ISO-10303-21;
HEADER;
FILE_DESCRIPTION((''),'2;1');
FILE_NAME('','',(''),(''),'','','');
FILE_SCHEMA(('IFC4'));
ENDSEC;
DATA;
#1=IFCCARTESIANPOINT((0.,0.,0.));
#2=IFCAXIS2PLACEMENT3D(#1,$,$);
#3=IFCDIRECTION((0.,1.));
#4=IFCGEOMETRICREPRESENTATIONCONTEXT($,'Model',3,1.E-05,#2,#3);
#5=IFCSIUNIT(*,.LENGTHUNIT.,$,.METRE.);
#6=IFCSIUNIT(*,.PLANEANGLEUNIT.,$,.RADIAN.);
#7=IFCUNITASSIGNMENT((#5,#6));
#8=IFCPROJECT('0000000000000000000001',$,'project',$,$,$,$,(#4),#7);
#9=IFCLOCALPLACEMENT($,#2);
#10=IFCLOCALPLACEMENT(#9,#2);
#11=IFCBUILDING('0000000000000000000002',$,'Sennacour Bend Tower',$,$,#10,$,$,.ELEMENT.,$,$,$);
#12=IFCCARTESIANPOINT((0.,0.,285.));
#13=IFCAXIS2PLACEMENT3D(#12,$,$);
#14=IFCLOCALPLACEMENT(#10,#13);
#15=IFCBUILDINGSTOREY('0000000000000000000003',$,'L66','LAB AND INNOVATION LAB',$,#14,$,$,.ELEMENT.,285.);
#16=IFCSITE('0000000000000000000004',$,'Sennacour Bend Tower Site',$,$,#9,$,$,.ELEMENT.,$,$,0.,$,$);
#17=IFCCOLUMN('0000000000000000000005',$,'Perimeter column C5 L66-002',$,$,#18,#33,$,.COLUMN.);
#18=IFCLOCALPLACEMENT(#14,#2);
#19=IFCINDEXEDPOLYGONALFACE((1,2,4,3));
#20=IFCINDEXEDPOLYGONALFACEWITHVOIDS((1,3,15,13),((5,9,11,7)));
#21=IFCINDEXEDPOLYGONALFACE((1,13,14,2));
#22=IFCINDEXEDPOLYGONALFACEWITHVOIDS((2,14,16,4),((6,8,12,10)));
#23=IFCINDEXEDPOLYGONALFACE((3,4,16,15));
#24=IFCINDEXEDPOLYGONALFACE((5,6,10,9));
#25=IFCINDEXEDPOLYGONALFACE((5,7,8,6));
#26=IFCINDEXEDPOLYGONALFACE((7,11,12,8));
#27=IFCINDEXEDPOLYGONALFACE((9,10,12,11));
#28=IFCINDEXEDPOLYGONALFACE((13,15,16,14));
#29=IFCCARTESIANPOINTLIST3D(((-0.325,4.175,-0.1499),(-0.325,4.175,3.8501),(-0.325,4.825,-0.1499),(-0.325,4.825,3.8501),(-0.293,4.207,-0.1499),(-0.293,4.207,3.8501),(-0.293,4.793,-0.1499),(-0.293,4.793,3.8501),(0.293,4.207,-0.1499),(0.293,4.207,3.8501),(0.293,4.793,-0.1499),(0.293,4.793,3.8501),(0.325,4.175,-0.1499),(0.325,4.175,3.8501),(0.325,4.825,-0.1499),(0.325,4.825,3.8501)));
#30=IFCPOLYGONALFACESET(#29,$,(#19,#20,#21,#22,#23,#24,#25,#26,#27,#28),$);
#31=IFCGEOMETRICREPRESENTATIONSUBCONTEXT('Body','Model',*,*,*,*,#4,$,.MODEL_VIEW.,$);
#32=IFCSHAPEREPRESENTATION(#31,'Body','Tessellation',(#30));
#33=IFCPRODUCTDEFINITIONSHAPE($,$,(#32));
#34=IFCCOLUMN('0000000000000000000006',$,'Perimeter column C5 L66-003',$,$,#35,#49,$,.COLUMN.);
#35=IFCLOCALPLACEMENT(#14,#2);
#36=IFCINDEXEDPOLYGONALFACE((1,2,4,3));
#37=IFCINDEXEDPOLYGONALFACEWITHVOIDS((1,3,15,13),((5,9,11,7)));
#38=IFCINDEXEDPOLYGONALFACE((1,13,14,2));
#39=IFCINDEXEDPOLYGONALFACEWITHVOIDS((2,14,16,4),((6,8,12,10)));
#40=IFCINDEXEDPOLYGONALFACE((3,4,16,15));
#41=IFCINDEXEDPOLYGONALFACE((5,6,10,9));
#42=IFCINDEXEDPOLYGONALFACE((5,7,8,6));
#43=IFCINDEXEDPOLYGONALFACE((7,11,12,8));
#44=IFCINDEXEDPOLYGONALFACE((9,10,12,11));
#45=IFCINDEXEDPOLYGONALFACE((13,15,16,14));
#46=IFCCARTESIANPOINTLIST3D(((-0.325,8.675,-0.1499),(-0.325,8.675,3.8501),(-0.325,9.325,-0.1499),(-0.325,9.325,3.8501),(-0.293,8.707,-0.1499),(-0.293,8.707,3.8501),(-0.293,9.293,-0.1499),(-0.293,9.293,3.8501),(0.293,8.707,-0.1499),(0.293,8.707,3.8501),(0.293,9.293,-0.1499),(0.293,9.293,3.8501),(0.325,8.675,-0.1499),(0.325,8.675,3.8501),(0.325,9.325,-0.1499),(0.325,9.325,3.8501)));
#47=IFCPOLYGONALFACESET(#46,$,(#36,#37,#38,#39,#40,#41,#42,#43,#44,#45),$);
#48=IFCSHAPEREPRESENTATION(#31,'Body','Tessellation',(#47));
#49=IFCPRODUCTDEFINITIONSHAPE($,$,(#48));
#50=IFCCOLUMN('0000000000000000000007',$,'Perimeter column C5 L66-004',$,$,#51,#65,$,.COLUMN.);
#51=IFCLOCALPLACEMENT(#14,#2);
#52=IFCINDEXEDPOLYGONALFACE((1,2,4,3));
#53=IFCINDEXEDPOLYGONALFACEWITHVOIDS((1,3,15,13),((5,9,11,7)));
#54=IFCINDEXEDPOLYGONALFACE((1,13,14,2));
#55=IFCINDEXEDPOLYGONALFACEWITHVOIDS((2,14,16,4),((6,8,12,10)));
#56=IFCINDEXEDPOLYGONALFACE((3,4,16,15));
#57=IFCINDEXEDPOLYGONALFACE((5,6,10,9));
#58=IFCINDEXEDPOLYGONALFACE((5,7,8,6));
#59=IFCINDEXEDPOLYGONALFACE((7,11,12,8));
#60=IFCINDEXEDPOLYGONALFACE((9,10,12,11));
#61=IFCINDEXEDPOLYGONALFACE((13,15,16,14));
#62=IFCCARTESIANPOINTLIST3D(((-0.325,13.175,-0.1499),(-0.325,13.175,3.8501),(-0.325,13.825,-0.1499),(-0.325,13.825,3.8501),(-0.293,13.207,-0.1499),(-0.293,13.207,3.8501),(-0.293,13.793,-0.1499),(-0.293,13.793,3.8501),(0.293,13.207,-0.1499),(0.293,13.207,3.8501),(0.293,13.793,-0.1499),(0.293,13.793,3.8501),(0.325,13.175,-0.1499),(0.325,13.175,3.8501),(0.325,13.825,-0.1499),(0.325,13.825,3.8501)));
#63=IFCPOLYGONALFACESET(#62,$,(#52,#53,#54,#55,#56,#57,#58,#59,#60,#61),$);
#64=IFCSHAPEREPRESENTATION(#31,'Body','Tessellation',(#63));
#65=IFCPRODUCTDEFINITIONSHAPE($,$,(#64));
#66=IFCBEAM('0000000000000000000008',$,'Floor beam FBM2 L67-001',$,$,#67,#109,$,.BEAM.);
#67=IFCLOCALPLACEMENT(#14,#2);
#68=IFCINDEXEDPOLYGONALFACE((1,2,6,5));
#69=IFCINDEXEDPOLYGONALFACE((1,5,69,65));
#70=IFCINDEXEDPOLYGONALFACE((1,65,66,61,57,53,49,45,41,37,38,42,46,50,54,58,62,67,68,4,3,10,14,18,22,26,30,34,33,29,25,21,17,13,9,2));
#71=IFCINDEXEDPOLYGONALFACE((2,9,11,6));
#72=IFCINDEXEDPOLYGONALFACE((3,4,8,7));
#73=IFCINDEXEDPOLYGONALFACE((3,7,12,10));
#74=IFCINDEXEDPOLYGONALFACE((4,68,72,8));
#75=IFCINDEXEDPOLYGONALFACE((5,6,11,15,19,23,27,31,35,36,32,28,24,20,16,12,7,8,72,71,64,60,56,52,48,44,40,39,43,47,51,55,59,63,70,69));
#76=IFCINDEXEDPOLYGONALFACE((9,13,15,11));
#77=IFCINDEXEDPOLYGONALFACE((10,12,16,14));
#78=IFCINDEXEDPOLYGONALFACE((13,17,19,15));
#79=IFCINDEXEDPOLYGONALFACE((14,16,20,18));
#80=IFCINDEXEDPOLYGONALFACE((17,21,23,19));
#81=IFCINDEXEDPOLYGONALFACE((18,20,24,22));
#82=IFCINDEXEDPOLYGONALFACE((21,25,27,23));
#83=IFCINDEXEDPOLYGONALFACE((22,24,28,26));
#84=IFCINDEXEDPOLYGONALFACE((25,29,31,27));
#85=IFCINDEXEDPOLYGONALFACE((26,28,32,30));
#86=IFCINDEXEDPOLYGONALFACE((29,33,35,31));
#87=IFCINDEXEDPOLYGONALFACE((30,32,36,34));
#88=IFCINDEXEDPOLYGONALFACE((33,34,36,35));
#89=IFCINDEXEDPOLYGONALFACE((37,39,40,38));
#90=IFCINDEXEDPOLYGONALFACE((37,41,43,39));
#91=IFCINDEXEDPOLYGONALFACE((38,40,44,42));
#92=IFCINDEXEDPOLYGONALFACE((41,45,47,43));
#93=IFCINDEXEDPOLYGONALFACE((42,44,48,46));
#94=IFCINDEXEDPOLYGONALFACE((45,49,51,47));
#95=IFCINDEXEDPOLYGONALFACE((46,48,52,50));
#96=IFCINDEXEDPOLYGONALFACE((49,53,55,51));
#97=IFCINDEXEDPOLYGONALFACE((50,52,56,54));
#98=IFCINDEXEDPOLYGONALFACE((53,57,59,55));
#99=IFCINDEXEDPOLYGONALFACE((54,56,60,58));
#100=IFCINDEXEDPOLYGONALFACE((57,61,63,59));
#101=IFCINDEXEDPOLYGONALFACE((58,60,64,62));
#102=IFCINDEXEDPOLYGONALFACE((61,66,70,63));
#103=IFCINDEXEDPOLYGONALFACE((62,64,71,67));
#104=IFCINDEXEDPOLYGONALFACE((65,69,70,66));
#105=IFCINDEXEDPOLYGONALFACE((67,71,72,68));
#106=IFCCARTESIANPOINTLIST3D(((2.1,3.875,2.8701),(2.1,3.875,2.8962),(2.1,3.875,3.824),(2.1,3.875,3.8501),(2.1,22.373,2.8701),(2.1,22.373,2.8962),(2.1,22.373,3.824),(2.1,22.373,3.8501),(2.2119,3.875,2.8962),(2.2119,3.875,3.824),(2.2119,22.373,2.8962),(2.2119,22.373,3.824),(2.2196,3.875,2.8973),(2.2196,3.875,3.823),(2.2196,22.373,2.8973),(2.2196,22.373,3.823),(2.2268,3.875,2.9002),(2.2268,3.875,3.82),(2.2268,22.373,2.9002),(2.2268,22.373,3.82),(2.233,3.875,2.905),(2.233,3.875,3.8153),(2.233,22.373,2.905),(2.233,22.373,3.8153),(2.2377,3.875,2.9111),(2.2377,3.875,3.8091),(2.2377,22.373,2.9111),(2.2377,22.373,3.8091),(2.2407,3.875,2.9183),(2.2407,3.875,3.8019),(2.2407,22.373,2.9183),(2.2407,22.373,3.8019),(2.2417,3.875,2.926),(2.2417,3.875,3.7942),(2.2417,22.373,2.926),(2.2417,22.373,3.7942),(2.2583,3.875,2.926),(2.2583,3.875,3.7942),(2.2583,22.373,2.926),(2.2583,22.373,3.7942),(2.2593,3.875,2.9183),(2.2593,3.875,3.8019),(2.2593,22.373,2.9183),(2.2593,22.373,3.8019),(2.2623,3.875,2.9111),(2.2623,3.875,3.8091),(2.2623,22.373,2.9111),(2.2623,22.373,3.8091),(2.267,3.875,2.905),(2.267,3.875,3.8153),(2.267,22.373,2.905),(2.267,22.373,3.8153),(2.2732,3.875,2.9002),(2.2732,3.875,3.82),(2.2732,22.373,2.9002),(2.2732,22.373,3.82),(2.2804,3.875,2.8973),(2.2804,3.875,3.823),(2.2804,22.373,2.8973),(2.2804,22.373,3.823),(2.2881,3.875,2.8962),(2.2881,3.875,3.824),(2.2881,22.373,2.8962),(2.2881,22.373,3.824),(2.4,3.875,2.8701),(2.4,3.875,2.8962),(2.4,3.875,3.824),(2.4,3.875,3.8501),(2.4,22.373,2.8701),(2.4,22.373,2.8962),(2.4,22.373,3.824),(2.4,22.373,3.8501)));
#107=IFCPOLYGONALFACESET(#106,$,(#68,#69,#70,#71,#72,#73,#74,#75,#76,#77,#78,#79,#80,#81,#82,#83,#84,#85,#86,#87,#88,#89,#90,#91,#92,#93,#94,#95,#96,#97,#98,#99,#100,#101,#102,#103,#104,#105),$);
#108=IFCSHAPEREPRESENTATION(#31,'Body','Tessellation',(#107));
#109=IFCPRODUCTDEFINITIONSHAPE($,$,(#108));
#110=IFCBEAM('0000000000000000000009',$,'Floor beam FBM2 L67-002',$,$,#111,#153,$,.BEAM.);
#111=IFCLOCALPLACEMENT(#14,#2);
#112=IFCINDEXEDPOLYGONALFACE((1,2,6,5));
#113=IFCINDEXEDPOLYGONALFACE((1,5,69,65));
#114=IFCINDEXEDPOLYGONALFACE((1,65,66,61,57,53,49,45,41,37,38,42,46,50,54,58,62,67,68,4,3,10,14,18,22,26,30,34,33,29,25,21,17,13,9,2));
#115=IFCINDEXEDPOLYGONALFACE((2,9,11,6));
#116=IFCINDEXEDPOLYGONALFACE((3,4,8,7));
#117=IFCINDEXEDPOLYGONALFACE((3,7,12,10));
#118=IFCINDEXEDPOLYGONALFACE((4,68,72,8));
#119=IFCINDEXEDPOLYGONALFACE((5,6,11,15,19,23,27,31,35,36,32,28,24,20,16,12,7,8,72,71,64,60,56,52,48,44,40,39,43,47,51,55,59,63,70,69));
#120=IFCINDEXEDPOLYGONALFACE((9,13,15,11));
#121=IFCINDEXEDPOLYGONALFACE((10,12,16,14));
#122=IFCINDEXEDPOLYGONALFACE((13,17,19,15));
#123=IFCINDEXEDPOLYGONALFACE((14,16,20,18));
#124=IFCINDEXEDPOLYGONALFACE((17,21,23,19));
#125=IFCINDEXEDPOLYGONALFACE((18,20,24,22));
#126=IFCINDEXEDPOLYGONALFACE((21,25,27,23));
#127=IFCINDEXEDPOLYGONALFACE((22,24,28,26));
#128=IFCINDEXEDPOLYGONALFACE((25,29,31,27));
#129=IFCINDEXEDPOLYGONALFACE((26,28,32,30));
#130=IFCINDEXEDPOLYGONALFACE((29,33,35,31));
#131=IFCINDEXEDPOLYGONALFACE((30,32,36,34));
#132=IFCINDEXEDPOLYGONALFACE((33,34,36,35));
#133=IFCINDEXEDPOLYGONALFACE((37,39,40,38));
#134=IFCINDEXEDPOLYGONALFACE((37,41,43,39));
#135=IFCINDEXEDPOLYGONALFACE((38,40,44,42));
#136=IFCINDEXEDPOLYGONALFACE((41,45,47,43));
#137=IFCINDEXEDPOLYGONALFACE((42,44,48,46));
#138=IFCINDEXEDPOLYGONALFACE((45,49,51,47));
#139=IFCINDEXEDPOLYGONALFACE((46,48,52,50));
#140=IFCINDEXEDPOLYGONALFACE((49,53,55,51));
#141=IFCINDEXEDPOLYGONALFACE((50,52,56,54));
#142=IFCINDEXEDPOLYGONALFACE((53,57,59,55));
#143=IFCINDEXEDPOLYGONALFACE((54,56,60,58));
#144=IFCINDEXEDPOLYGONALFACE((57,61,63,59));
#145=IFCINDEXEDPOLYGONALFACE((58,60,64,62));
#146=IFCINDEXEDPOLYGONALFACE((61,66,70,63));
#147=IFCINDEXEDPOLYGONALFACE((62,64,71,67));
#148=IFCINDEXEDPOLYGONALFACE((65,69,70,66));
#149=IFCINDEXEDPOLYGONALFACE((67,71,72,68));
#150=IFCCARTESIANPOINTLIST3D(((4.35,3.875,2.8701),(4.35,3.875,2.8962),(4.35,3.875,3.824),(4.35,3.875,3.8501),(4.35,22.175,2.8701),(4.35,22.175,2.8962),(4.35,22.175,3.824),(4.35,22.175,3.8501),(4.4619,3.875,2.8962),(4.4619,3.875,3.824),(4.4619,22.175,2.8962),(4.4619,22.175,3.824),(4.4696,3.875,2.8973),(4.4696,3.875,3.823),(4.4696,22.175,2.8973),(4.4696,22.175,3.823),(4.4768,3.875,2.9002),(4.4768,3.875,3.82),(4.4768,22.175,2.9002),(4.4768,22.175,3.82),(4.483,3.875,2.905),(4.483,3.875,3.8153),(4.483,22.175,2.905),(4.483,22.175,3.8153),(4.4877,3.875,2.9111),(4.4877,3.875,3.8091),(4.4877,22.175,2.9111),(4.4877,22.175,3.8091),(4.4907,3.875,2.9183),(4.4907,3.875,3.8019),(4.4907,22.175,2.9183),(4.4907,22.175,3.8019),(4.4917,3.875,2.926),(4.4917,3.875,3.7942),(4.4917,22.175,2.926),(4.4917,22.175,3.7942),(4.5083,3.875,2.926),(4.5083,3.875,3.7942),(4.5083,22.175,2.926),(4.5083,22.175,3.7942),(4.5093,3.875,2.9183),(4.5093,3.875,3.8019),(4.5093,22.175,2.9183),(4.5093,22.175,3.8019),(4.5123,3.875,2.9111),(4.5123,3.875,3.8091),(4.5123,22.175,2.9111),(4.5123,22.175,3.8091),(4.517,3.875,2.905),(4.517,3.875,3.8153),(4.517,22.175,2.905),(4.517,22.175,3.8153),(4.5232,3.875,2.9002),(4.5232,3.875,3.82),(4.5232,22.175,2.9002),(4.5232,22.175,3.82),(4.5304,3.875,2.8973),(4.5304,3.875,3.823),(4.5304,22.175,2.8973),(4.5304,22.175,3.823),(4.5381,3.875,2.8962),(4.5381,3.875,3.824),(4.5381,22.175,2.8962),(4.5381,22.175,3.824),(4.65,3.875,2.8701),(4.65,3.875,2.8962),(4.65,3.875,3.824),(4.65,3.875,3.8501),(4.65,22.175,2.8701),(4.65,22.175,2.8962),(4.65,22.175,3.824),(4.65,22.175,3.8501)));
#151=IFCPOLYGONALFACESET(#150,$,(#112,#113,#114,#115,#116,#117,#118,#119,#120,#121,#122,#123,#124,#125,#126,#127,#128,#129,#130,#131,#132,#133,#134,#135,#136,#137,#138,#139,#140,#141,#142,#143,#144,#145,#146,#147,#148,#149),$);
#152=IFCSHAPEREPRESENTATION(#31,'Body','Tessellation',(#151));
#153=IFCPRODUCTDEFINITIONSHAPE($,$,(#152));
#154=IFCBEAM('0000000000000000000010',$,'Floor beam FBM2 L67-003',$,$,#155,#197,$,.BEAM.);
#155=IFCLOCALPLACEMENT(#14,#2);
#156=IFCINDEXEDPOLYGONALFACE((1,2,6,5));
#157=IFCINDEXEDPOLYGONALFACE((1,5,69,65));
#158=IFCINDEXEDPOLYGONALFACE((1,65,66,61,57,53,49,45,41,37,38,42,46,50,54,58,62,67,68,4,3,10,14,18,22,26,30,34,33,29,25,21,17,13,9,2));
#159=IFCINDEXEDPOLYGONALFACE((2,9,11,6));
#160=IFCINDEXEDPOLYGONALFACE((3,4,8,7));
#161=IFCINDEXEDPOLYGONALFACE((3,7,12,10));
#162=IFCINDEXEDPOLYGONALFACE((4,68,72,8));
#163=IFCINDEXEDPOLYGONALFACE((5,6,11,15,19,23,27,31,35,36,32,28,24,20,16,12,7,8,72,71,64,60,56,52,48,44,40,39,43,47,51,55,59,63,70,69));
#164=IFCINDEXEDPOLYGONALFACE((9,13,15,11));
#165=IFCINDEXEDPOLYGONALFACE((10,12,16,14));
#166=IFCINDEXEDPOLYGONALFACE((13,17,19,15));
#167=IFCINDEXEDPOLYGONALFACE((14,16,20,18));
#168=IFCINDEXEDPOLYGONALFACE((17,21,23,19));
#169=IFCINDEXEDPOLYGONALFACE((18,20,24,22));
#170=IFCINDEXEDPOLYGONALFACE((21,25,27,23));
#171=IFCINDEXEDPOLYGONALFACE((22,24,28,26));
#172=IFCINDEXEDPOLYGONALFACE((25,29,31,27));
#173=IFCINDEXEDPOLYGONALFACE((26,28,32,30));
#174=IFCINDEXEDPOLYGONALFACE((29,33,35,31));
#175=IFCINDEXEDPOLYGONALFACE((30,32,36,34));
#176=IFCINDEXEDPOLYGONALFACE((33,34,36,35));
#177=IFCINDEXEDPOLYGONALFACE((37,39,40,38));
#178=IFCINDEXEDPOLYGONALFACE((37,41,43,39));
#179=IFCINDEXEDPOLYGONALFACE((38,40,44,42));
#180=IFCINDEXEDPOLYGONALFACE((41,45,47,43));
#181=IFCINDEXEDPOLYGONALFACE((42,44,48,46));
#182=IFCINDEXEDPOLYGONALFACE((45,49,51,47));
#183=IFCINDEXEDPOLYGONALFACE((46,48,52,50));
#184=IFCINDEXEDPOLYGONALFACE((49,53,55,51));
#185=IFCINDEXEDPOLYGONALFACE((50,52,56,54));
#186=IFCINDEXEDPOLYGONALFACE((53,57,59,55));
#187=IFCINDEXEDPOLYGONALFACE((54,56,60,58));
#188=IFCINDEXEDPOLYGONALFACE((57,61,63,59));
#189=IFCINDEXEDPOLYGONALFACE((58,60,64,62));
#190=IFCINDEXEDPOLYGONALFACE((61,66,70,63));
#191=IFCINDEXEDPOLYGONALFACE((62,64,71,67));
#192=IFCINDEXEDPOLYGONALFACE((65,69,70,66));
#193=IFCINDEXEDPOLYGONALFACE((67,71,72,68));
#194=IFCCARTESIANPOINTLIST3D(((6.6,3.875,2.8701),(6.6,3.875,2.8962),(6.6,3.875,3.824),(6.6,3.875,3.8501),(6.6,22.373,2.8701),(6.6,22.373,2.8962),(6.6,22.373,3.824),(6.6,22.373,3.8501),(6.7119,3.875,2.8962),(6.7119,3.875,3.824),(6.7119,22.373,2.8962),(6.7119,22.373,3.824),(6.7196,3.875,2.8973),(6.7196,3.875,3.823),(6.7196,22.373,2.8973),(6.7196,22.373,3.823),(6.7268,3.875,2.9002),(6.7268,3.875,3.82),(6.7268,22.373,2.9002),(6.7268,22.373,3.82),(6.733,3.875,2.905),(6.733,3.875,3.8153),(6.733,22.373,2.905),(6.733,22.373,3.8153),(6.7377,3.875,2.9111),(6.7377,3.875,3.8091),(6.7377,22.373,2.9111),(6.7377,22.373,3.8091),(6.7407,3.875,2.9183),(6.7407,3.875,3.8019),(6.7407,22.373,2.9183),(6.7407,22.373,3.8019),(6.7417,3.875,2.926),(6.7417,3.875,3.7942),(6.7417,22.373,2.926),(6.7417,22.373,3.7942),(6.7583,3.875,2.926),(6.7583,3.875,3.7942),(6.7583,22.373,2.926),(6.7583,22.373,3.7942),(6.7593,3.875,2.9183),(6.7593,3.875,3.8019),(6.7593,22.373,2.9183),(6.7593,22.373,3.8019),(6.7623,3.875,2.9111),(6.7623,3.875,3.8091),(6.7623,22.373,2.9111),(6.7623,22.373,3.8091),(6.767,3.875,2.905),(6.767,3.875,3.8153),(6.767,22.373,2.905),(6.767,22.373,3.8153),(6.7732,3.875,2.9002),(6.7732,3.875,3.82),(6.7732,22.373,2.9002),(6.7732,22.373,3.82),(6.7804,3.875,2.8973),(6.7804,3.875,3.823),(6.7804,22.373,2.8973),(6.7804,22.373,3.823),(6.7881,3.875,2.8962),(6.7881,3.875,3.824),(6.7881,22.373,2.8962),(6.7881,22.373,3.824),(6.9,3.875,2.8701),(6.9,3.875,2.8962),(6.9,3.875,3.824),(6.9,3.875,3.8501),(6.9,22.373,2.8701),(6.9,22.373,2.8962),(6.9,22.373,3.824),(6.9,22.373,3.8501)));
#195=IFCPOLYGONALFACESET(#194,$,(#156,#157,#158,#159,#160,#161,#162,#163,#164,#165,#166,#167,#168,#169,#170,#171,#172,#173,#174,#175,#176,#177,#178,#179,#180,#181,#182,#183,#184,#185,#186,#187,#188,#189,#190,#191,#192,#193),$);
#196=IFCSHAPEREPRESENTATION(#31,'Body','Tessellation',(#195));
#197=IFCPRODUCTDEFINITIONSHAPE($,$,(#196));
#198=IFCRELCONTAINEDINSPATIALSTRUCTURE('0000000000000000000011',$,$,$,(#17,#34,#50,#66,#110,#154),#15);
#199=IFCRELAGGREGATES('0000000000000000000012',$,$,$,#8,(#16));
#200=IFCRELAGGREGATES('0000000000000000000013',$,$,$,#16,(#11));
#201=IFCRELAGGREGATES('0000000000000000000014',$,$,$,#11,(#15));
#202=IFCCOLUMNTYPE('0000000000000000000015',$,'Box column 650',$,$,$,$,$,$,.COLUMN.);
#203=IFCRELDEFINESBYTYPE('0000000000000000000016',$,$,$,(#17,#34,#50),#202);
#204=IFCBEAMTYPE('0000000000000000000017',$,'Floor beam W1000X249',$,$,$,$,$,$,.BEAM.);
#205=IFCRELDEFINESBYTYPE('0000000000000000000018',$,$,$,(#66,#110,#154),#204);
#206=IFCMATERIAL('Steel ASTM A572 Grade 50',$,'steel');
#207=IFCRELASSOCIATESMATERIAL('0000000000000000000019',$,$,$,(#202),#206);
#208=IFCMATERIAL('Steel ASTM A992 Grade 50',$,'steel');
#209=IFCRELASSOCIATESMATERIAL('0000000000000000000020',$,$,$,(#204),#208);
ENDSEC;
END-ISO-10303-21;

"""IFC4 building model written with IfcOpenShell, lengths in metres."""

from ifc_helpers import new_model, si_unit, direction, frame, origin, origin_2d, place, context, subcontext, project, spatial, hollow_rectangle, i_section, extrude, material, material_profile, profile_set, type_object, element, save


model = new_model("IFC4")

# Units and contexts
model_context = context("Model", 3, precision=1e-05, world=origin(), true_north=direction((0.0, 1.0)))
body_context = subcontext(model_context, "Body", "Model", "MODEL_VIEW")
ifc_project = project(units=[si_unit("LENGTHUNIT", "METRE"), si_unit("PLANEANGLEUNIT", "RADIAN")], contexts=[model_context])

# Site, building, storey
site_placement = place(None, origin())
site = spatial("IfcSite", under=ifc_project, at=site_placement, Name="Sennacour Bend Tower Site", CompositionType="ELEMENT", RefElevation=0.0)
building_placement = place(site_placement, origin())
building = spatial("IfcBuilding", under=site, at=building_placement, Name="Sennacour Bend Tower", CompositionType="ELEMENT")
storey_placement = place(building_placement, frame((0.0, 0.0, 285.0)))
storey = spatial("IfcBuildingStorey", under=building, at=storey_placement, Name="L66", Description="LAB AND INNOVATION LAB", CompositionType="ELEMENT", Elevation=285.0)

# Columns
ifc_material_1 = material(Name="Steel ASTM A572 Grade 50", Category="steel")
ifc_material_profile_1 = material_profile(ifc_material_1, hollow_rectangle(XDim=0.6499, YDim=0.6499, WallThickness=0.032, at=origin_2d()), Name="Steel ASTM A572 Grade 50", Category="steel")
ifc_profile_set_1 = profile_set([ifc_material_profile_1], Name="Steel ASTM A572 Grade 50")
column_type = type_object("IfcColumnType", Name="Box column 650", PredefinedType="COLUMN", material=ifc_profile_set_1)
for number, where, z_axis, x_axis, name in (
    (1, (0.0, 4.5, -0.1499), (0.0, 0.0, 1.0), (1.0, 0.0, 0.0), "Perimeter column C5 L66-002"),
    (2, (0.0, 9.0, -0.1499), (0.0, 0.0, 1.0), (1.0, 0.0, 0.0), "Perimeter column C5 L66-003"),
    (3, (0.0, 13.5, -0.1499), (0.0, 0.0, 1.0), (1.0, 0.0, 0.0), "Perimeter column C5 L66-004"),
):
    element("IfcColumn", number, at=place(storey_placement, frame(where, z_axis=z_axis, x_axis=x_axis)), inside=storey, type_object=column_type, Name=name, PredefinedType="COLUMN", context=body_context, shape_type="SweptSolid", body=[
        extrude(hollow_rectangle(XDim=0.6499, YDim=0.6499, WallThickness=0.032, at=origin_2d()), origin(), (0.0, 0.0, 1.0), 4.0),
    ])

# Beams
ifc_material_2 = material(Name="Steel ASTM A992 Grade 50", Category="steel")
ifc_material_profile_2 = material_profile(ifc_material_2, i_section(OverallWidth=0.3, OverallDepth=0.98, WebThickness=0.0166, FlangeThickness=0.0261, FilletRadius=0.0298, at=origin_2d()), Name="Steel ASTM A992 Grade 50", Category="steel")
ifc_profile_set_2 = profile_set([ifc_material_profile_2], Name="Steel ASTM A992 Grade 50")
beam_type_1 = type_object("IfcBeamType", Name="Floor beam W1000X249", PredefinedType="BEAM", material=ifc_profile_set_2)
beam_1_placement = place(storey_placement, frame((2.25, 3.875, 3.3601), z_axis=(0.0, 1.0, 0.0), x_axis=(-1.0, 0.0, 0.0)))
element("IfcBeam", 4, at=beam_1_placement, inside=storey, type_object=beam_type_1, Name="Floor beam FBM2 L67-001", PredefinedType="BEAM", context=body_context, shape_type="SweptSolid", body=[
    extrude(i_section(OverallWidth=0.3, OverallDepth=0.98, WebThickness=0.0166, FlangeThickness=0.0261, FilletRadius=0.0298, at=origin_2d()), origin(), (0.0, 0.0, 1.0), 18.498),
])
beam_2_placement = place(storey_placement, frame((4.5, 3.875, 3.3601), z_axis=(0.0, 1.0, 0.0), x_axis=(-1.0, 0.0, 0.0)))
element("IfcBeam", 5, at=beam_2_placement, inside=storey, type_object=beam_type_1, Name="Floor beam FBM2 L67-002", PredefinedType="BEAM", context=body_context, shape_type="SweptSolid", body=[
    extrude(i_section(OverallWidth=0.3, OverallDepth=0.98, WebThickness=0.0166, FlangeThickness=0.0261, FilletRadius=0.0298, at=origin_2d()), origin(), (0.0, 0.0, 1.0), 18.3),
])
beam_3_placement = place(storey_placement, frame((6.75, 3.875, 3.3601), z_axis=(0.0, 1.0, 0.0), x_axis=(-1.0, 0.0, 0.0)))
element("IfcBeam", 6, at=beam_3_placement, inside=storey, type_object=beam_type_1, Name="Floor beam FBM2 L67-003", PredefinedType="BEAM", context=body_context, shape_type="SweptSolid", body=[
    extrude(i_section(OverallWidth=0.3, OverallDepth=0.98, WebThickness=0.0166, FlangeThickness=0.0261, FilletRadius=0.0298, at=origin_2d()), origin(), (0.0, 0.0, 1.0), 18.498),
])

save(model, "model.ifc")
